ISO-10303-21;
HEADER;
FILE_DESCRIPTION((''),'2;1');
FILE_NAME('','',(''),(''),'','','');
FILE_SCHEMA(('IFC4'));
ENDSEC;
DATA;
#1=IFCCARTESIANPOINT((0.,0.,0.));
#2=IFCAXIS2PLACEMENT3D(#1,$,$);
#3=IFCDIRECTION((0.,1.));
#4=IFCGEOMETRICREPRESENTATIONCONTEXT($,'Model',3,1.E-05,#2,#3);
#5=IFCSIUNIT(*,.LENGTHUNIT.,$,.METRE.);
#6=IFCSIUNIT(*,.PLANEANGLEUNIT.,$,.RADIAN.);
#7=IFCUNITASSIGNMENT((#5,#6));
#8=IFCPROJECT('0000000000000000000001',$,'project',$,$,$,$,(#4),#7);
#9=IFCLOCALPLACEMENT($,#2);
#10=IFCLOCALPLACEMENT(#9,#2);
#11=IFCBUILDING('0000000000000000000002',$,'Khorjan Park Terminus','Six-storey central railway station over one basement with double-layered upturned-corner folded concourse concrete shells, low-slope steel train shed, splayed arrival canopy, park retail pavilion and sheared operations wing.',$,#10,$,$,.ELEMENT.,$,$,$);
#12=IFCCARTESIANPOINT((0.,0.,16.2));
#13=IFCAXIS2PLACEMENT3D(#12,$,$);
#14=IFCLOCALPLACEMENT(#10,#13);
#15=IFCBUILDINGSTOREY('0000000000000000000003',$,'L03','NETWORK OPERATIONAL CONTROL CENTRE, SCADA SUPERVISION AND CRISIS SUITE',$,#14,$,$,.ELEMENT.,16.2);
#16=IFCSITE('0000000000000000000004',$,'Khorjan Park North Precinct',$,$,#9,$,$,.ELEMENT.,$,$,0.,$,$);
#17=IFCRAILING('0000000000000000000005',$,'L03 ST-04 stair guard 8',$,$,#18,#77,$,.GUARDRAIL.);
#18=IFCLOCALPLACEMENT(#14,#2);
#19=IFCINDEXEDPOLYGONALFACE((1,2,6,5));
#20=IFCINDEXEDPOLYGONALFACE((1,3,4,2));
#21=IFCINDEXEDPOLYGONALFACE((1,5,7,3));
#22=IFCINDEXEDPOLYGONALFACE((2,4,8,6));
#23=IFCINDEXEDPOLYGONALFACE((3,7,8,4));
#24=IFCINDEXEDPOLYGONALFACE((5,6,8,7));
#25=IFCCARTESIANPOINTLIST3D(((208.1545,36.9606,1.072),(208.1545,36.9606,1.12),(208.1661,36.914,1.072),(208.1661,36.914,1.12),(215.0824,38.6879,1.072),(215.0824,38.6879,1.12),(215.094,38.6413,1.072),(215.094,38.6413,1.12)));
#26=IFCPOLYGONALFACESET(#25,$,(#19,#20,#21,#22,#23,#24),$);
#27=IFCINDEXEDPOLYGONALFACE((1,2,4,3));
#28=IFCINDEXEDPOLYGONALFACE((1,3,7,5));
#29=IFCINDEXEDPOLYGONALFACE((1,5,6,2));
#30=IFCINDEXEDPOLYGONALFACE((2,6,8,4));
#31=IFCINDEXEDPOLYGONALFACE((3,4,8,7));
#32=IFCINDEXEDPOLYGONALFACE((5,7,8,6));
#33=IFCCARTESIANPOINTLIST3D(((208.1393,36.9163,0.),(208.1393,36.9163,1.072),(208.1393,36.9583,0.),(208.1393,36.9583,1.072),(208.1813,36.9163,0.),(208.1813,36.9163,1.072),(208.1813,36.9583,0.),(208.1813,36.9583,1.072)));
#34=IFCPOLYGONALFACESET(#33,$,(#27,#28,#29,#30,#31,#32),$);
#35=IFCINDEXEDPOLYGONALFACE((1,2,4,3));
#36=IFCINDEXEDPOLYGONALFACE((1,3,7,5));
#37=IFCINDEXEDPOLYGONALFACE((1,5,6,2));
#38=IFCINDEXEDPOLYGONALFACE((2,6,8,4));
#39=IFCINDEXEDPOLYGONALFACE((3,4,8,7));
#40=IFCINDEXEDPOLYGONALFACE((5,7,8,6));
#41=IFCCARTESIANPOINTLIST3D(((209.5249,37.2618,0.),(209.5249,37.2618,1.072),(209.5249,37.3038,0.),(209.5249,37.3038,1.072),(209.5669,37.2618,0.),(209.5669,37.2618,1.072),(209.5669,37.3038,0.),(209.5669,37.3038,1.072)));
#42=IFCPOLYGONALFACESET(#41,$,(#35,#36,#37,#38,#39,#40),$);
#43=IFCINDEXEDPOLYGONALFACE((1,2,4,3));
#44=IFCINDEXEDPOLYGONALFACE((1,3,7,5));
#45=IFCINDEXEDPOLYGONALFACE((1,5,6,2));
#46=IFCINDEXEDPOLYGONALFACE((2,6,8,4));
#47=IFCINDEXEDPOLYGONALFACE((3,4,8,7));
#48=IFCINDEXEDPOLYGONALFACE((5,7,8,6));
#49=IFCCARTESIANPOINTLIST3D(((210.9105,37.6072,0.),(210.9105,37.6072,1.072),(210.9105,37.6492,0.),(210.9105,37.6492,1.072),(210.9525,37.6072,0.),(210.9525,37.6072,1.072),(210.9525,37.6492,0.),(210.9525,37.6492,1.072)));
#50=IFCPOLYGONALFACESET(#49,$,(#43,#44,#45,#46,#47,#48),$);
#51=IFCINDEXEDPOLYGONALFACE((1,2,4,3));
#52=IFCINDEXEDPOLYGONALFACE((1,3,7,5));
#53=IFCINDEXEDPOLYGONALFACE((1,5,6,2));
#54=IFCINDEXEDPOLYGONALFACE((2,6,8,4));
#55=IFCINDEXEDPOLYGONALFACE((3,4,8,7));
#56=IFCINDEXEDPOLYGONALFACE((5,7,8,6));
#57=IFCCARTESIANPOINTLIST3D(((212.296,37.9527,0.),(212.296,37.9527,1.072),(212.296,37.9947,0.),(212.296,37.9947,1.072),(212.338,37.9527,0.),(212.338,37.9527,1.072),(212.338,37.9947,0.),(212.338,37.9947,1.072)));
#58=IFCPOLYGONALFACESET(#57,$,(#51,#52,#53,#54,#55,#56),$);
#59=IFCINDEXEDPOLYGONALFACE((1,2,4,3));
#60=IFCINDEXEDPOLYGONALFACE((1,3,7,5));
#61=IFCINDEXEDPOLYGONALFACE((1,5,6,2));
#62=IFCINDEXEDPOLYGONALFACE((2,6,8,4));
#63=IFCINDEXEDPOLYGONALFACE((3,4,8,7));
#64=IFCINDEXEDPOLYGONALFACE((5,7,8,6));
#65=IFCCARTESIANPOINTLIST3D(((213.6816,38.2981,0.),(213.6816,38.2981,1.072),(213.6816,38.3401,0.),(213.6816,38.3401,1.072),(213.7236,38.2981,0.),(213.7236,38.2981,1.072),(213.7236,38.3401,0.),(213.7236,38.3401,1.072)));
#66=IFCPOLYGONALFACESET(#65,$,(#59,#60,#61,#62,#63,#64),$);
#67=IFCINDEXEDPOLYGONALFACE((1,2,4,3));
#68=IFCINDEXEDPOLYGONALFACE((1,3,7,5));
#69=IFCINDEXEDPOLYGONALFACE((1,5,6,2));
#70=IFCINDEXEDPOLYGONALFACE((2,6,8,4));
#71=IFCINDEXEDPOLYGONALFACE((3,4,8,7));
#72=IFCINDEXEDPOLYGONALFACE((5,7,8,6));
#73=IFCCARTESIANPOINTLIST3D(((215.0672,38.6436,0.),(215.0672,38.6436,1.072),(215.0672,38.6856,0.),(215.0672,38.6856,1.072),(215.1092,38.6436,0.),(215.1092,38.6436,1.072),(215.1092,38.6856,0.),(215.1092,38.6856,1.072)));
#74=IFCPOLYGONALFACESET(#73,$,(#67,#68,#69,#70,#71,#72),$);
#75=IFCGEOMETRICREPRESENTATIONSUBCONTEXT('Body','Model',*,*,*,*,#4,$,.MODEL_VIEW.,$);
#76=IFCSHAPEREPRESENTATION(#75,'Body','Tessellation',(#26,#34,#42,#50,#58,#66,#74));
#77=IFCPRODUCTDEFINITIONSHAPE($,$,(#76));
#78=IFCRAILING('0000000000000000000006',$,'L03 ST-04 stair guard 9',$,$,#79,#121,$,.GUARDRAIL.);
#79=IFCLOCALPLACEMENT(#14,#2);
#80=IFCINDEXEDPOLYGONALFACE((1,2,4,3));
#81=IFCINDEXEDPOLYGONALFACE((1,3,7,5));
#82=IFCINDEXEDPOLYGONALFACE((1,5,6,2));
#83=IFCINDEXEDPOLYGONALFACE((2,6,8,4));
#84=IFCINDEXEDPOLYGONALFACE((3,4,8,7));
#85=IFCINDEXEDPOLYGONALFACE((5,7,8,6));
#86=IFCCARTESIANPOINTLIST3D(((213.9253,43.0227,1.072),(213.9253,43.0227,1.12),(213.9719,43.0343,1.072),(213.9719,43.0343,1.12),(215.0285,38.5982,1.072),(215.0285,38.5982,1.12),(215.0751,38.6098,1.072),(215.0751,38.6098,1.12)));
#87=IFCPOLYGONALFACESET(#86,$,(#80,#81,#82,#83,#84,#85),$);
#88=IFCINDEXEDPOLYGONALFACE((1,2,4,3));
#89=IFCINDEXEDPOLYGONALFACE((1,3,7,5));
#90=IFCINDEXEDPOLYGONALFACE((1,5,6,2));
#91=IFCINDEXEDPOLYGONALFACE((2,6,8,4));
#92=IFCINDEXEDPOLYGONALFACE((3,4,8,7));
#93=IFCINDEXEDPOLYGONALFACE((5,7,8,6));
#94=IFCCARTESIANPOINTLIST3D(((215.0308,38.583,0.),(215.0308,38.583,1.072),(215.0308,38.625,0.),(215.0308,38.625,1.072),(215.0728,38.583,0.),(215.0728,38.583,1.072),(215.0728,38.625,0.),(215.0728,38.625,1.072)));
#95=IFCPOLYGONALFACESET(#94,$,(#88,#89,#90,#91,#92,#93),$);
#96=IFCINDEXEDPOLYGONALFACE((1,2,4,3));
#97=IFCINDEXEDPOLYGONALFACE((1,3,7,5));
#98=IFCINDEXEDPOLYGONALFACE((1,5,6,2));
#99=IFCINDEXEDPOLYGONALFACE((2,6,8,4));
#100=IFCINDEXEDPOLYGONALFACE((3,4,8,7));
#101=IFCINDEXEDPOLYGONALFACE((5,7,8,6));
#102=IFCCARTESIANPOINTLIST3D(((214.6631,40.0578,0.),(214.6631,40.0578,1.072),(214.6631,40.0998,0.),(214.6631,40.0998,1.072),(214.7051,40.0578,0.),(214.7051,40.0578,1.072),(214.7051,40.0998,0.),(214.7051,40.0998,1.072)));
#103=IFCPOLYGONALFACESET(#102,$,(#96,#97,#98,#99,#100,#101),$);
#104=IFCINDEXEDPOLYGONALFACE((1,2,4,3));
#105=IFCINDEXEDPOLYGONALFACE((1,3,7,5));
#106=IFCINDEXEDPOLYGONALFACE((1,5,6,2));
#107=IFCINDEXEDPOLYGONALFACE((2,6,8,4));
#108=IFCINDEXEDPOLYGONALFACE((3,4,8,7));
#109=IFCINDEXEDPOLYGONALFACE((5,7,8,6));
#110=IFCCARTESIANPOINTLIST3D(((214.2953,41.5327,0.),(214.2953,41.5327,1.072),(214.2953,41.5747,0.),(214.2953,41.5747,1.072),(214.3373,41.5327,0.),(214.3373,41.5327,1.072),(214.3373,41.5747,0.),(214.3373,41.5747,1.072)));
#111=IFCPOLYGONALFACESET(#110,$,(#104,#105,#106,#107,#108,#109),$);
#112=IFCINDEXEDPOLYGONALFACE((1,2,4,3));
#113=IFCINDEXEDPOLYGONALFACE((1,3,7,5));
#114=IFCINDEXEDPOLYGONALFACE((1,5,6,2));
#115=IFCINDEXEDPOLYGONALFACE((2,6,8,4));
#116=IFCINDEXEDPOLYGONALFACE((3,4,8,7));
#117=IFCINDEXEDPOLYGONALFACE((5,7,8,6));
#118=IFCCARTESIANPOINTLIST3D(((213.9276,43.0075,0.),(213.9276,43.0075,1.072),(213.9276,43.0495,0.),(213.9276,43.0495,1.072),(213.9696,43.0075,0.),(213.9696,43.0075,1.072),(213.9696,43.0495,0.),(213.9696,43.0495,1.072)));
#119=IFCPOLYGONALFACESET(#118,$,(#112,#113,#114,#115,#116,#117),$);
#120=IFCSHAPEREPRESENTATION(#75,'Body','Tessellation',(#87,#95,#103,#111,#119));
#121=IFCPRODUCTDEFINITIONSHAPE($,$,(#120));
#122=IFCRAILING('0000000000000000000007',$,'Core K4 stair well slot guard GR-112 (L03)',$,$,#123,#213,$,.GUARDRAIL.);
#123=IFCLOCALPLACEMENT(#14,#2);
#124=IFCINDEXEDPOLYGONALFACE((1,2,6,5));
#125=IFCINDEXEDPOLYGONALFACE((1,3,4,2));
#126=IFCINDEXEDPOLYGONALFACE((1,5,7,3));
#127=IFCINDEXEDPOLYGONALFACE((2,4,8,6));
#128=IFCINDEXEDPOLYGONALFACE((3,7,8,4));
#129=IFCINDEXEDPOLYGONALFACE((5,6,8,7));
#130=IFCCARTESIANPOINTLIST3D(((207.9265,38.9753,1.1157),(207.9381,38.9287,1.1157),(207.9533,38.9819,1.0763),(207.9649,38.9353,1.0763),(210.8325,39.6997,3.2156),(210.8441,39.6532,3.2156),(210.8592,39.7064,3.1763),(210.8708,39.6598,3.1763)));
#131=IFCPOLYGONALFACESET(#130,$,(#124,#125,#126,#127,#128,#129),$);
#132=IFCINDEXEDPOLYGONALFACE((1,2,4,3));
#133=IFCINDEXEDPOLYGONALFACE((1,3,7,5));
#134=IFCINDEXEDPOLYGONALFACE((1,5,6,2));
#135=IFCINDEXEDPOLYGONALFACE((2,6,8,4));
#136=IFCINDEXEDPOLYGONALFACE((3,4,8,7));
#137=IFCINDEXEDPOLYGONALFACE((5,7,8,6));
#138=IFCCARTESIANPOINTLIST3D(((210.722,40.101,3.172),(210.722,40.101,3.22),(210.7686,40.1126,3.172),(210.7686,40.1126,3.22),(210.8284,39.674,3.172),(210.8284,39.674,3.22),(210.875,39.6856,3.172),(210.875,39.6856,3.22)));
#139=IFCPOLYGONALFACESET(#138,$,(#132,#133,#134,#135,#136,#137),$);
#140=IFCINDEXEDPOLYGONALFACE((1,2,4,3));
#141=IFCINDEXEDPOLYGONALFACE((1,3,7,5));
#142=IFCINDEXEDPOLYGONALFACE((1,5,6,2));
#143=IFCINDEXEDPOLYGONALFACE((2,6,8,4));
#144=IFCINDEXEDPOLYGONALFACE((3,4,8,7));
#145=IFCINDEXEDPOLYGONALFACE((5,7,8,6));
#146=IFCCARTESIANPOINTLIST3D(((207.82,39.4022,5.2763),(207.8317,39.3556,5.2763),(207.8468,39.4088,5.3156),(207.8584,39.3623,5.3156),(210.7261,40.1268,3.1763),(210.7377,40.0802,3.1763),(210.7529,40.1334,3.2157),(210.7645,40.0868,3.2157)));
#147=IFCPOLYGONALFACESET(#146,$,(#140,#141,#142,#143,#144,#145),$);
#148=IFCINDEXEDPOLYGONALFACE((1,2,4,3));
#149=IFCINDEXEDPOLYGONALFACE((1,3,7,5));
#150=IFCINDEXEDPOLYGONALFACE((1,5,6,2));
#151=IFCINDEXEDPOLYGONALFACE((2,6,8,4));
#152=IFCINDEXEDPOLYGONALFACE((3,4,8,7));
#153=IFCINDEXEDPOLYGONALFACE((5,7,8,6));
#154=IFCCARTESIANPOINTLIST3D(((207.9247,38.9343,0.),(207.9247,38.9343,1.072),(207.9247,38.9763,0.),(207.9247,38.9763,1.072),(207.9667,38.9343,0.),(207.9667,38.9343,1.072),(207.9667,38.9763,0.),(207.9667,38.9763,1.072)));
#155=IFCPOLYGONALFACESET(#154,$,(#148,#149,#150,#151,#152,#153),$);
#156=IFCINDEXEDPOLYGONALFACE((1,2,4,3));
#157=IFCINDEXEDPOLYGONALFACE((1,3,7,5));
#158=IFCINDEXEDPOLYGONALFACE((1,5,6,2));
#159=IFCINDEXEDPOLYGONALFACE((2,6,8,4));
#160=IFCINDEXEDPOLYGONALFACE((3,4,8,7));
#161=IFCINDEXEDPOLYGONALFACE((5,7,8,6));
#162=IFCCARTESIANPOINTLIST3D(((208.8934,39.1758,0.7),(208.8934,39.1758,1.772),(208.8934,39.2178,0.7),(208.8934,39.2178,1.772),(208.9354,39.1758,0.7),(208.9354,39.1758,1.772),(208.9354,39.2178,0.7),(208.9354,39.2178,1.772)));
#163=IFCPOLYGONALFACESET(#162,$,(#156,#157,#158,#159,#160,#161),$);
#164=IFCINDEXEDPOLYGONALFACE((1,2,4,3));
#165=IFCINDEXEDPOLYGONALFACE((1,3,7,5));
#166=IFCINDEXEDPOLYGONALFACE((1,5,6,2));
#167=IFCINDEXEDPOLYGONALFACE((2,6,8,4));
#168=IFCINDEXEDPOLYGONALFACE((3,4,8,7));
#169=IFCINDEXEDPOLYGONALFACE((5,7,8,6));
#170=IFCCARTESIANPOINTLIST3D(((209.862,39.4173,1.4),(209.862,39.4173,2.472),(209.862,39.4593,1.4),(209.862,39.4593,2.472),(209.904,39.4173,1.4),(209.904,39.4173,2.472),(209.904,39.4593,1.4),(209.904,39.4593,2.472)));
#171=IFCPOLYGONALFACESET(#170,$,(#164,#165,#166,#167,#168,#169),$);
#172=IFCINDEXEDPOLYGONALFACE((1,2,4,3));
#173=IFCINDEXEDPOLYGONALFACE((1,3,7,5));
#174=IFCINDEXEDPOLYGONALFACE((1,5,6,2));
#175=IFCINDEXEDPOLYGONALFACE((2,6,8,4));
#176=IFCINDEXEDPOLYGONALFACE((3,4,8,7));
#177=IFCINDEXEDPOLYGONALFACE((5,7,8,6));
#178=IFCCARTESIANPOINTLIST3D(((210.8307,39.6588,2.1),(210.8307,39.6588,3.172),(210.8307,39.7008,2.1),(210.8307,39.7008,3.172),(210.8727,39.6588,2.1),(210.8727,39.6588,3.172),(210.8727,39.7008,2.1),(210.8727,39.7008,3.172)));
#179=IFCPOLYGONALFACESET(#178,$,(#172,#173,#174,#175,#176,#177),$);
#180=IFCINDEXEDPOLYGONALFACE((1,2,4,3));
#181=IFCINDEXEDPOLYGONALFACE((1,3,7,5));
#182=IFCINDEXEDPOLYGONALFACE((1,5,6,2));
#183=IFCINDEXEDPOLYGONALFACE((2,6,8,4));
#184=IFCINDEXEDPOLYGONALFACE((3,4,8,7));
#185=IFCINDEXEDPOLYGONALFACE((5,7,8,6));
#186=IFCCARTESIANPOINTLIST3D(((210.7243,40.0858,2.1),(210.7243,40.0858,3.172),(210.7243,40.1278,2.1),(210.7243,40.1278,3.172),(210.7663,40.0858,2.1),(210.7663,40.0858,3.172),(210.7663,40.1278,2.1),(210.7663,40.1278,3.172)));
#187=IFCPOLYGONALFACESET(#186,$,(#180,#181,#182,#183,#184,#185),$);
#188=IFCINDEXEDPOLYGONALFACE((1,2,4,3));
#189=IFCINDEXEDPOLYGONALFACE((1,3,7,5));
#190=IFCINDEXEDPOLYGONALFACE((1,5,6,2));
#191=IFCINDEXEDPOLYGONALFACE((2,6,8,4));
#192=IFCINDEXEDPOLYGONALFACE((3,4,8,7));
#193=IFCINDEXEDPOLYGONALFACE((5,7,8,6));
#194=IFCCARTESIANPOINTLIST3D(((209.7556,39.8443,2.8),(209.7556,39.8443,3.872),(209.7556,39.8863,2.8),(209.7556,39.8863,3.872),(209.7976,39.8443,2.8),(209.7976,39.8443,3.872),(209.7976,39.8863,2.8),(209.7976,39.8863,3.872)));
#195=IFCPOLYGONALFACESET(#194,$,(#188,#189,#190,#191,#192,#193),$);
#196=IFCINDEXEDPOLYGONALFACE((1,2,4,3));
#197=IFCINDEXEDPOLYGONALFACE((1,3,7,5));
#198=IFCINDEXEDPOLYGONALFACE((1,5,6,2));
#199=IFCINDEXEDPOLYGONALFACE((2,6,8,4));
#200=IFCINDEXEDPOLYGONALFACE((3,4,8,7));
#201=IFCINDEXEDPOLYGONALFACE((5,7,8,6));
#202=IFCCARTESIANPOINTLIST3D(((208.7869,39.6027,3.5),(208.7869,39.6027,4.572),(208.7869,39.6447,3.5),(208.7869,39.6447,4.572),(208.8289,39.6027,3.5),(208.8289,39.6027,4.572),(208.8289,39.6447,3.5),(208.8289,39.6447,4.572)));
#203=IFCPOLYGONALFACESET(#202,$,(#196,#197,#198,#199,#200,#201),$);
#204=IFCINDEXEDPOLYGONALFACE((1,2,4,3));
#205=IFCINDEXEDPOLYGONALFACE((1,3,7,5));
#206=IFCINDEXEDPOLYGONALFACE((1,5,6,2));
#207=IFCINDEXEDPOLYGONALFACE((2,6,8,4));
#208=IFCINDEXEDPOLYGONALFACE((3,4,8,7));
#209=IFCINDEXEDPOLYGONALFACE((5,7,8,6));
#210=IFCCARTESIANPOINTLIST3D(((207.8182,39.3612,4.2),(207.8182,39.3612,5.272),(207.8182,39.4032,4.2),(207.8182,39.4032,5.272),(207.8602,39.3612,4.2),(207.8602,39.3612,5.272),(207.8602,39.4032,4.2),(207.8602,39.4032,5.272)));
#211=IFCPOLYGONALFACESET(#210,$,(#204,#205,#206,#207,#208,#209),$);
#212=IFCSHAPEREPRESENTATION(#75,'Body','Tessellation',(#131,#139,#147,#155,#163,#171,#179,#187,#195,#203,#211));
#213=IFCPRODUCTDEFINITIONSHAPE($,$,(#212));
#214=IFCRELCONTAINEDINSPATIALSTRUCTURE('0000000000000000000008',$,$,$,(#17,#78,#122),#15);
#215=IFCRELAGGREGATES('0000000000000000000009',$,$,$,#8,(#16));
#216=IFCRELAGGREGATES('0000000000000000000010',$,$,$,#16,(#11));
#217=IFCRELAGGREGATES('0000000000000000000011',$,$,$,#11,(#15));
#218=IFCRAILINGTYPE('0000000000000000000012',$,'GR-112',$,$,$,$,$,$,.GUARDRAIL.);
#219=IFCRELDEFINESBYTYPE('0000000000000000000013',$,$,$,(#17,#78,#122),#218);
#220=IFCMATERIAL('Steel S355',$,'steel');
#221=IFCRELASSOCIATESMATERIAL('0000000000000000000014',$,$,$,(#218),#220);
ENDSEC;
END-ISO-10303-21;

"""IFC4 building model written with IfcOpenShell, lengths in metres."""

from ifc_helpers import new_model, si_unit, direction, frame, origin, origin_2d, place, context, subcontext, project, spatial, rectangle, extrude, material, type_object, element, save


model = new_model("IFC4")

# Units and contexts
model_context = context("Model", 3, precision=1e-05, world=origin(), true_north=direction((0.0, 1.0)))
body_context = subcontext(model_context, "Body", "Model", "MODEL_VIEW")
ifc_project = project(units=[si_unit("LENGTHUNIT", "METRE"), si_unit("PLANEANGLEUNIT", "RADIAN")], contexts=[model_context])

# Site, building, storey
site_placement = place(None, origin())
site = spatial("IfcSite", under=ifc_project, at=site_placement, Name="Khorjan Park North Precinct", CompositionType="ELEMENT", RefElevation=0.0)
building_placement = place(site_placement, origin())
building = spatial("IfcBuilding", under=site, at=building_placement, Name="Khorjan Park Terminus", Description="Six-storey central railway station over one basement with double-layered upturned-corner folded concourse concrete shells, low-slope steel train shed, splayed arrival canopy, park retail pavilion and sheared operations wing.", CompositionType="ELEMENT")
storey_placement = place(building_placement, frame((0.0, 0.0, 16.2)))
storey = spatial("IfcBuildingStorey", under=building, at=storey_placement, Name="L03", Description="NETWORK OPERATIONAL CONTROL CENTRE, SCADA SUPERVISION AND CRISIS SUITE", CompositionType="ELEMENT", Elevation=16.2)

# Shared definitions
ifc_material_1 = material(Name="Steel S355", Category="steel")

# Railings
railing_type_1 = type_object("IfcRailingType", Name="GR-112", PredefinedType="GUARDRAIL", material=ifc_material_1)
railing_1_placement = place(storey_placement, frame((208.1603, 36.9373, 0.0)))
element("IfcRailing", 1, at=railing_1_placement, inside=storey, type_object=railing_type_1, Name="L03 ST-04 stair guard 8", PredefinedType="GUARDRAIL", context=body_context, shape_type="SweptSolid", body=[
    extrude(rectangle(XDim=0.048, YDim=0.048, at=origin_2d()), frame((0.0, 0.0, 1.096), z_axis=(0.970296, 0.241919, 0.0), x_axis=(-0.241919, 0.970296, 0.0)), (0.0, 0.0, 1.0), 7.14),
    extrude(rectangle(XDim=0.042, YDim=0.042, at=origin_2d()), origin(), (0.0, 0.0, 1.0), 1.072),
    extrude(rectangle(XDim=0.042, YDim=0.042, at=origin_2d()), frame((1.3856, 0.3455, 0.0)), (0.0, 0.0, 1.0), 1.072),
    extrude(rectangle(XDim=0.042, YDim=0.042, at=origin_2d()), frame((2.7712, 0.6909, 0.0)), (0.0, 0.0, 1.0), 1.072),
    extrude(rectangle(XDim=0.042, YDim=0.042, at=origin_2d()), frame((4.1567, 1.0364, 0.0)), (0.0, 0.0, 1.0), 1.072),
    extrude(rectangle(XDim=0.042, YDim=0.042, at=origin_2d()), frame((5.5423, 1.3818, 0.0)), (0.0, 0.0, 1.0), 1.072),
    extrude(rectangle(XDim=0.042, YDim=0.042, at=origin_2d()), frame((6.9279, 1.7273, 0.0)), (0.0, 0.0, 1.0), 1.072),
])
railing_2_placement = place(storey_placement, frame((215.0518, 38.604, 0.0)))
element("IfcRailing", 2, at=railing_2_placement, inside=storey, type_object=railing_type_1, Name="L03 ST-04 stair guard 9", PredefinedType="GUARDRAIL", context=body_context, shape_type="SweptSolid", body=[
    extrude(rectangle(XDim=0.048, YDim=0.048, at=origin_2d()), frame((0.0, 0.0, 1.096), z_axis=(-0.241932, 0.970293, 0.0), x_axis=(-0.970293, -0.241932, 0.0)), (0.0, 0.0, 1.0), 4.56),
    extrude(rectangle(XDim=0.042, YDim=0.042, at=origin_2d()), origin(), (0.0, 0.0, 1.0), 1.072),
    extrude(rectangle(XDim=0.042, YDim=0.042, at=origin_2d()), frame((-0.3677, 1.4748, 0.0)), (0.0, 0.0, 1.0), 1.072),
    extrude(rectangle(XDim=0.042, YDim=0.042, at=origin_2d()), frame((-0.7355, 2.9497, 0.0)), (0.0, 0.0, 1.0), 1.072),
    extrude(rectangle(XDim=0.042, YDim=0.042, at=origin_2d()), frame((-1.1032, 4.4245, 0.0)), (0.0, 0.0, 1.0), 1.072),
])
railing_3_placement = place(storey_placement, frame((207.9457, 38.9553, 0.0)))
element("IfcRailing", 3, at=railing_3_placement, inside=storey, type_object=railing_type_1, Name="Core K4 stair well slot guard GR-112 (L03)", PredefinedType="GUARDRAIL", context=body_context, shape_type="SweptSolid", body=[
    extrude(rectangle(XDim=0.048, YDim=0.048, at=origin_2d()), frame((0.0, 0.0, 1.096), z_axis=(0.79446, 0.198068, 0.574111), x_axis=(-0.241907, 0.970299, 0.0)), (0.0, 0.0, 1.0), 3.6578),
    extrude(rectangle(XDim=0.048, YDim=0.048, at=origin_2d()), frame((2.906, 0.7245, 3.196), z_axis=(-0.241787, 0.970329, 0.0), x_axis=(-0.970329, -0.241787, 0.0)), (0.0, 0.0, 1.0), 0.4401),
    extrude(rectangle(XDim=0.048, YDim=0.048, at=origin_2d()), frame((2.7996, 1.1515, 3.196), z_axis=(-0.794465, -0.19809, 0.574095), x_axis=(0.241931, -0.970294, 0.0)), (0.0, 0.0, 1.0), 3.6579),
    extrude(rectangle(XDim=0.042, YDim=0.042, at=origin_2d()), origin(), (0.0, 0.0, 1.0), 1.072),
    extrude(rectangle(XDim=0.042, YDim=0.042, at=origin_2d()), frame((0.9687, 0.2415, 0.7)), (0.0, 0.0, 1.0), 1.072),
    extrude(rectangle(XDim=0.042, YDim=0.042, at=origin_2d()), frame((1.9373, 0.483, 1.4)), (0.0, 0.0, 1.0), 1.072),
    extrude(rectangle(XDim=0.042, YDim=0.042, at=origin_2d()), frame((2.906, 0.7245, 2.1)), (0.0, 0.0, 1.0), 1.072),
    extrude(rectangle(XDim=0.042, YDim=0.042, at=origin_2d()), frame((2.7996, 1.1515, 2.1)), (0.0, 0.0, 1.0), 1.072),
    extrude(rectangle(XDim=0.042, YDim=0.042, at=origin_2d()), frame((1.8309, 0.91, 2.8)), (0.0, 0.0, 1.0), 1.072),
    extrude(rectangle(XDim=0.042, YDim=0.042, at=origin_2d()), frame((0.8622, 0.6684, 3.5)), (0.0, 0.0, 1.0), 1.072),
    extrude(rectangle(XDim=0.042, YDim=0.042, at=origin_2d()), frame((-0.1065, 0.4269, 4.2)), (0.0, 0.0, 1.0), 1.072),
])

save(model, "model.ifc")
